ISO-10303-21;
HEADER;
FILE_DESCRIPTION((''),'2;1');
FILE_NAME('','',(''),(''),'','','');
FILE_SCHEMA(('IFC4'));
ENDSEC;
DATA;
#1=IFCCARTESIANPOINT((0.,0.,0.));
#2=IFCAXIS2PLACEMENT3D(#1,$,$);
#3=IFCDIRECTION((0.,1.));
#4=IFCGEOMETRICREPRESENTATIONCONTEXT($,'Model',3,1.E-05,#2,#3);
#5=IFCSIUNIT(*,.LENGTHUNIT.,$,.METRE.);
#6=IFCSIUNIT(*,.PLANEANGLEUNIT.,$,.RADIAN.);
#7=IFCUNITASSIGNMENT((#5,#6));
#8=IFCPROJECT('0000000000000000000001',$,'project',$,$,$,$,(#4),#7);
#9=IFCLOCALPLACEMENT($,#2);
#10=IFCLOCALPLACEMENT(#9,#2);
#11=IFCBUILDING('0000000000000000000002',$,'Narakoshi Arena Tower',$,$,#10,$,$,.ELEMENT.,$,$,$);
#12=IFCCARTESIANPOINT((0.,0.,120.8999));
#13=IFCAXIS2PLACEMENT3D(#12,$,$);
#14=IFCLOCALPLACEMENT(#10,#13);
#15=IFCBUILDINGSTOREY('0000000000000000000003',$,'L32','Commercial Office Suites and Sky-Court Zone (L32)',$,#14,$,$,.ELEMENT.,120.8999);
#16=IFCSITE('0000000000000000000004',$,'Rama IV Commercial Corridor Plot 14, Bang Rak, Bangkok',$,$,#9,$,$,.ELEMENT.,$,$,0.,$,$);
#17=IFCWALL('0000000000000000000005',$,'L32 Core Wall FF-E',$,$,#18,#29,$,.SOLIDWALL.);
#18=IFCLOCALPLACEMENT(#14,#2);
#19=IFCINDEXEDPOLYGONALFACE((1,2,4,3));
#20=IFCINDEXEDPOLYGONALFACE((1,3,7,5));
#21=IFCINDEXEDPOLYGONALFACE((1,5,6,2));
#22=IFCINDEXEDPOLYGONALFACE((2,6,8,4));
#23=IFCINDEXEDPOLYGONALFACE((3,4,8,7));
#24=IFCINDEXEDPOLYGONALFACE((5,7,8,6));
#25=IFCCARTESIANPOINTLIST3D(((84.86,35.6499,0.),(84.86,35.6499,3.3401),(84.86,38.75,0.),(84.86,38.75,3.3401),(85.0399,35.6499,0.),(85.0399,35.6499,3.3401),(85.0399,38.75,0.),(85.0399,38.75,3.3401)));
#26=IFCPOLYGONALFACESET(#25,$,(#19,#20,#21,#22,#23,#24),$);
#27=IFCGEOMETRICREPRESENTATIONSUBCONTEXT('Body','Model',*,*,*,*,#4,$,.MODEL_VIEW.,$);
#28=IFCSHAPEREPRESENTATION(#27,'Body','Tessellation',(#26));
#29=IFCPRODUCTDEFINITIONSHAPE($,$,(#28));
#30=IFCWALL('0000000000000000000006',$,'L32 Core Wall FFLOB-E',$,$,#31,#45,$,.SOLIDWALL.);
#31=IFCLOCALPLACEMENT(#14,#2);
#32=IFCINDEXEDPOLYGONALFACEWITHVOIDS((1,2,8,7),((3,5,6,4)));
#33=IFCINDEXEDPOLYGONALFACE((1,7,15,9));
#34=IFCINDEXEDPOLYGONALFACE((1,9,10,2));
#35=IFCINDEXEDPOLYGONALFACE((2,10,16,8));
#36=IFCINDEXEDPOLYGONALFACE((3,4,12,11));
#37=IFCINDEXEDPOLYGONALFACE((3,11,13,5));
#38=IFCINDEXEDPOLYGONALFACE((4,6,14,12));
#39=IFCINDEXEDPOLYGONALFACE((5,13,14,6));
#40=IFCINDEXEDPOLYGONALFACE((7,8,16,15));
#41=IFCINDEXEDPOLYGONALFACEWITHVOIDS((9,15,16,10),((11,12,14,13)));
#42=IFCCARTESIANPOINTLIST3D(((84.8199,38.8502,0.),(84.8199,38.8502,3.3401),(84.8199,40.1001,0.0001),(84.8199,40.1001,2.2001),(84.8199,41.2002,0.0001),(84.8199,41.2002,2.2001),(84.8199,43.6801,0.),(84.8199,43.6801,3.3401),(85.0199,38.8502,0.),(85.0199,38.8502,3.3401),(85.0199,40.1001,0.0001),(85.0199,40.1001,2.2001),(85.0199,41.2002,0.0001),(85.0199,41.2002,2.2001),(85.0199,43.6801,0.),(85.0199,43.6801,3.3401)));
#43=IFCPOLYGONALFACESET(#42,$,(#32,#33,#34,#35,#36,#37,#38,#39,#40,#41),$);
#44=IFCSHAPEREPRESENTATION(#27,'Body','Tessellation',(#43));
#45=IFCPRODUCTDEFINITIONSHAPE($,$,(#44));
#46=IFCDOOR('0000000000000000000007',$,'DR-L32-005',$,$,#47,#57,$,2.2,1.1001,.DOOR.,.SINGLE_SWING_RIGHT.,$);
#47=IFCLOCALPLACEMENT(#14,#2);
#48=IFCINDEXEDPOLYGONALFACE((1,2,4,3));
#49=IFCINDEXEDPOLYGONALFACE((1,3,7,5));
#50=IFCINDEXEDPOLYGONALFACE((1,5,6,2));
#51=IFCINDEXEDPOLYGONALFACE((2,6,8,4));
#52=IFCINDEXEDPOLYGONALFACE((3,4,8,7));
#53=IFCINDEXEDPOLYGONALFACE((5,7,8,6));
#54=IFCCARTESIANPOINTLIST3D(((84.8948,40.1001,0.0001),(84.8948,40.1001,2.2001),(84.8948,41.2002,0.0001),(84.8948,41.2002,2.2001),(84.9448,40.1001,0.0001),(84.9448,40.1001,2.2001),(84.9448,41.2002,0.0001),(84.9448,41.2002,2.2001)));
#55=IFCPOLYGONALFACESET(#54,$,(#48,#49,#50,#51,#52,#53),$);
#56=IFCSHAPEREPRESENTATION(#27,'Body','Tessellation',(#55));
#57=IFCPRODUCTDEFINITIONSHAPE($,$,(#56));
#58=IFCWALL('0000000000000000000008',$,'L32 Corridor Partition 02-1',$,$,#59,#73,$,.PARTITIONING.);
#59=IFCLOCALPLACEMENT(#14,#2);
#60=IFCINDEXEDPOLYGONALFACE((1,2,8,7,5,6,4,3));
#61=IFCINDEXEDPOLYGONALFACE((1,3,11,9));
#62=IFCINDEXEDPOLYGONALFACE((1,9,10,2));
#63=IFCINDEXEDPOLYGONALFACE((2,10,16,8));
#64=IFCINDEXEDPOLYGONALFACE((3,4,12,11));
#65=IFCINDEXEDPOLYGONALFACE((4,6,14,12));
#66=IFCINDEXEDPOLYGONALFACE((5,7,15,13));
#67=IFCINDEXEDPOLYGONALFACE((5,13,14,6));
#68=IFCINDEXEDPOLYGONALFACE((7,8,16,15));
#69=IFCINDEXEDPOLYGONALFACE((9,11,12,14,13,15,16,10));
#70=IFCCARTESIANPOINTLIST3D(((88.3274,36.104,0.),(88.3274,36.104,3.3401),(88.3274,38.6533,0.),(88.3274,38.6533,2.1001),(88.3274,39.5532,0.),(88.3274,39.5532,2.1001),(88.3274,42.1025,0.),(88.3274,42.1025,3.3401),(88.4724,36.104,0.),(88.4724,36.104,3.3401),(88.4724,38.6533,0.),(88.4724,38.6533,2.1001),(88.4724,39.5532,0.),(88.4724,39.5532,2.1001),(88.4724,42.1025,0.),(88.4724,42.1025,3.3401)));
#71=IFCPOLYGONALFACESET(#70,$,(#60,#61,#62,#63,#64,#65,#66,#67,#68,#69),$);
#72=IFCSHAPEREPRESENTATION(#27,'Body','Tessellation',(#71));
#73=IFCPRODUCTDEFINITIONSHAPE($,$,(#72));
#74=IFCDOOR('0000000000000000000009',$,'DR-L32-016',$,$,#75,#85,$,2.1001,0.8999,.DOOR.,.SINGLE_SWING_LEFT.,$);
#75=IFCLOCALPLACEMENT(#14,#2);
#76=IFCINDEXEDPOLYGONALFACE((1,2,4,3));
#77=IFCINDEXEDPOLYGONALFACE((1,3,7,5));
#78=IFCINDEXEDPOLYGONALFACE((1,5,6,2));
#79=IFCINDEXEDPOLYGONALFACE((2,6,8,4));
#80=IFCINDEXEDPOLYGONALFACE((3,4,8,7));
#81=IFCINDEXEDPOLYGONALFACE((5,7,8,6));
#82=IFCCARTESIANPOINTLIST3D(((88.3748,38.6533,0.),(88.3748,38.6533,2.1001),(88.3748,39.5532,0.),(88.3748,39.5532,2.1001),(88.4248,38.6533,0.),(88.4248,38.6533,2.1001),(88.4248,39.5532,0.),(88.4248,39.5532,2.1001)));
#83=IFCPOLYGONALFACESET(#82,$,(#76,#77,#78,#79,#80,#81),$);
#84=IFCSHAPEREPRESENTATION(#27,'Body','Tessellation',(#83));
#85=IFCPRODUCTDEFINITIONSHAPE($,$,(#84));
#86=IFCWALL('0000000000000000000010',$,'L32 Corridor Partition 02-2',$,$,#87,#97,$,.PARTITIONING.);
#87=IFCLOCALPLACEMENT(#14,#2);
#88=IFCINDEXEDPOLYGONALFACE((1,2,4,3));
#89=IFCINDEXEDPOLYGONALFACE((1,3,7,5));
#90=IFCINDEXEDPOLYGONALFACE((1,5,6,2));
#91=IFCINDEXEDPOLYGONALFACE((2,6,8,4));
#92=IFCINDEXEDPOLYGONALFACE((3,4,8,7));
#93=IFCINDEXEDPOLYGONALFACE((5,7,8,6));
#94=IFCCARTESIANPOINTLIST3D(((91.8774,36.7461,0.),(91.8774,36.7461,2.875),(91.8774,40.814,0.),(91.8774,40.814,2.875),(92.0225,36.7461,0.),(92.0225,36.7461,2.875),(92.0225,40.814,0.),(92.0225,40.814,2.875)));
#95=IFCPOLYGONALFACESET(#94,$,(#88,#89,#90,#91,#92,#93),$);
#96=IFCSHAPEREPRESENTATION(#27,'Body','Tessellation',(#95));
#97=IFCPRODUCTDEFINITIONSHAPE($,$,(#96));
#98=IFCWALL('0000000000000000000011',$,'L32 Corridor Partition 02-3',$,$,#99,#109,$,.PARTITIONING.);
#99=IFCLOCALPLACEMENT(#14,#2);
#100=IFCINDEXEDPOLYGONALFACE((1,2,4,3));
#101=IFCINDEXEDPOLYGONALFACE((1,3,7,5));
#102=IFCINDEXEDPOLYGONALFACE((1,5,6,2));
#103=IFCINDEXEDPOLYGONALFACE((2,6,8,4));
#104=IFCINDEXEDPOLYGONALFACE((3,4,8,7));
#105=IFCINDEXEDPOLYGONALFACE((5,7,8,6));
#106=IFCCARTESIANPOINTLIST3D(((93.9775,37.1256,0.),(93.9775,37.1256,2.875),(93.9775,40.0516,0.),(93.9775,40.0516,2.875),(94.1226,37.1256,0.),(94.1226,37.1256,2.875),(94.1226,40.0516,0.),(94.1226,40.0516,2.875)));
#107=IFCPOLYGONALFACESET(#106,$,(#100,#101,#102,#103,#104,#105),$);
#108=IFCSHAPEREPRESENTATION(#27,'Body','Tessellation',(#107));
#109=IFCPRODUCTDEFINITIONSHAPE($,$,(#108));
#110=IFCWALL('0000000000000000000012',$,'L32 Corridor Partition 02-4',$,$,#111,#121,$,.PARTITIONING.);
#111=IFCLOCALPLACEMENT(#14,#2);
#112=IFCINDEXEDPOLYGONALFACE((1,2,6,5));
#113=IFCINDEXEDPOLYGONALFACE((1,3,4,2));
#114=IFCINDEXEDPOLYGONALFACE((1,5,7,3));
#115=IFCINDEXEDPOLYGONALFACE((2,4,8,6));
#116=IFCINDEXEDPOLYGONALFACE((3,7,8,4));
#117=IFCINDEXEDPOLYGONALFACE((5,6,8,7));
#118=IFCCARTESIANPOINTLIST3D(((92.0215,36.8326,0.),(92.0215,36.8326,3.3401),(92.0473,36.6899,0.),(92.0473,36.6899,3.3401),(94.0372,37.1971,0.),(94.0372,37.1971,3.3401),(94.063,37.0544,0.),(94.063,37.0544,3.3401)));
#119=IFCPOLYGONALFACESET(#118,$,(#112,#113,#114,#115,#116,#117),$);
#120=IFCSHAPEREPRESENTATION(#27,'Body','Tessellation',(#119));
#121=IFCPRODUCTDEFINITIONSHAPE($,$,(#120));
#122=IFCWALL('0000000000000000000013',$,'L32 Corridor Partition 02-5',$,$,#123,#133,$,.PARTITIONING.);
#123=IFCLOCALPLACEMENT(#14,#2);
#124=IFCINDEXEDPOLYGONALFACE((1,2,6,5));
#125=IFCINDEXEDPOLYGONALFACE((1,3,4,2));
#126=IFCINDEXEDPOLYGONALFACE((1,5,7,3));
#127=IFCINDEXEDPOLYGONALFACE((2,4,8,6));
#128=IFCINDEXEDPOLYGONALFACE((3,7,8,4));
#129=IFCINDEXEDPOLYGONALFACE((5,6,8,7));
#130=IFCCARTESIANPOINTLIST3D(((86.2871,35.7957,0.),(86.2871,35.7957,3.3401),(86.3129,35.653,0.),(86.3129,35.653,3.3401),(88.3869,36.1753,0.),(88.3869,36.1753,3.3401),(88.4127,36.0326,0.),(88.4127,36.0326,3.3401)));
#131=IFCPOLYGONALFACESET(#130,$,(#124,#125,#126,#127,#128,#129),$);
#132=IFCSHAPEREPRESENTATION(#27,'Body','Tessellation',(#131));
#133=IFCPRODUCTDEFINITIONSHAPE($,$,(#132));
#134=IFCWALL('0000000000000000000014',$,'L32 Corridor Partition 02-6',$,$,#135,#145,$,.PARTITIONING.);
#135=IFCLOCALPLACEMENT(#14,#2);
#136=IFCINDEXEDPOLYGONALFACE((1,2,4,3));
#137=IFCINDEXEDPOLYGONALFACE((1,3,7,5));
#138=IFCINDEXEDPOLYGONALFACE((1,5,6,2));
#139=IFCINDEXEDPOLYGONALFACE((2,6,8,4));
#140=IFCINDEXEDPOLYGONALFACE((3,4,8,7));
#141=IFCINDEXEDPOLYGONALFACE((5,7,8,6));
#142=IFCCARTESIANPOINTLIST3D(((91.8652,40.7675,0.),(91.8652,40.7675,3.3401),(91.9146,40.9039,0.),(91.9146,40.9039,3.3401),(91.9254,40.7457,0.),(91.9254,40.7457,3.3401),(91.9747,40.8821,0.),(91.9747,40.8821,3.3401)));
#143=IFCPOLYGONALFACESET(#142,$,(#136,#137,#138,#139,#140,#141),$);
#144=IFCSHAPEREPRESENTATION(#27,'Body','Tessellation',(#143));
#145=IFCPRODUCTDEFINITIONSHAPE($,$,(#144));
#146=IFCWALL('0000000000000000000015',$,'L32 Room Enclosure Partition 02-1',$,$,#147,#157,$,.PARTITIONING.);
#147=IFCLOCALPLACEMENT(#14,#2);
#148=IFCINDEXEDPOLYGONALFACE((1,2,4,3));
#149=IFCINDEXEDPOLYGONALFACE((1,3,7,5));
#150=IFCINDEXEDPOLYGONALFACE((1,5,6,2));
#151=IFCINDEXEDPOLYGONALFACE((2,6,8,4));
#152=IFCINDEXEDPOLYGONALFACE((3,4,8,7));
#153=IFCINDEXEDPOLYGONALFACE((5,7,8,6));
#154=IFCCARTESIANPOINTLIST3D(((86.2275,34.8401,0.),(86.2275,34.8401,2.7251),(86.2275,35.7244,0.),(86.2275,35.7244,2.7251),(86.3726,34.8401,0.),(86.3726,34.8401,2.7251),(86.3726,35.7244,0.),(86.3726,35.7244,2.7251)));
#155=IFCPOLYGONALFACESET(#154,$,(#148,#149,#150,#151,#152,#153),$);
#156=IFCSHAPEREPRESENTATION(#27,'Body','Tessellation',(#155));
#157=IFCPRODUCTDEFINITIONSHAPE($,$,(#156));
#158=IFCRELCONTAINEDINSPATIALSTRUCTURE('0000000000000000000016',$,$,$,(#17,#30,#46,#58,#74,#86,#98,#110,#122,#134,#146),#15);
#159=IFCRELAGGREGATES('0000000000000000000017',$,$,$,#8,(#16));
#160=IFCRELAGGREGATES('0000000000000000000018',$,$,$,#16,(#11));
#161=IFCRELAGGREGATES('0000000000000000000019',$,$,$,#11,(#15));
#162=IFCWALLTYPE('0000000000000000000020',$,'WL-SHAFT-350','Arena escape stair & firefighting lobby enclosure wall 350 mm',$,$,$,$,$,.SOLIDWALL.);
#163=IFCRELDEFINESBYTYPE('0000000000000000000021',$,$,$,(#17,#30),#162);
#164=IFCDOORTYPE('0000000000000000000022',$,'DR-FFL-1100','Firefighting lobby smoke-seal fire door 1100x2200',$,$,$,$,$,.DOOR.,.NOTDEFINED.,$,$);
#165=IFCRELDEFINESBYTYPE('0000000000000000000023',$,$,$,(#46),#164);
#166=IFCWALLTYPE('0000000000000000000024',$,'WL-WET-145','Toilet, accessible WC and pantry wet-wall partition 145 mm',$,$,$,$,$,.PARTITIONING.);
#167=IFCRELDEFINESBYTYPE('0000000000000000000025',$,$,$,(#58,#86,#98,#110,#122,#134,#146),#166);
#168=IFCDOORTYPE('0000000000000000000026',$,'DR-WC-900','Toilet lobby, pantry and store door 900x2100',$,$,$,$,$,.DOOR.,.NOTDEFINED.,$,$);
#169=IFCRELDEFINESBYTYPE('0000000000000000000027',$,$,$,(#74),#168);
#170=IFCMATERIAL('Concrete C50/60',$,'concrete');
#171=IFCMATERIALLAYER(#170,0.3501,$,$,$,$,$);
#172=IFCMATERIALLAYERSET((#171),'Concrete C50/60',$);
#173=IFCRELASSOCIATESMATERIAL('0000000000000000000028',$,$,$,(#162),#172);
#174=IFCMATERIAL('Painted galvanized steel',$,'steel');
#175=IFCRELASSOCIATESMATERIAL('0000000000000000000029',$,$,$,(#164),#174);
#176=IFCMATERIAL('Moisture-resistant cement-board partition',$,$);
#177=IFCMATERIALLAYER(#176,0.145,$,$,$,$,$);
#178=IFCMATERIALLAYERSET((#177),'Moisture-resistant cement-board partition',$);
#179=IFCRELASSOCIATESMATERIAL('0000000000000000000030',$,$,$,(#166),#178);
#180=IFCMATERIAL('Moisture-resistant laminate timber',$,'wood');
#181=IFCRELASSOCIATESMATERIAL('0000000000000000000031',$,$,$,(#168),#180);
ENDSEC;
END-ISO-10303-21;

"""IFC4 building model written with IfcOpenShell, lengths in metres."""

from ifc_helpers import new_model, si_unit, direction, frame, frame_2d, origin, place, context, subcontext, project, spatial, rectangle, extrude, material, layer, layer_set, type_object, element, fill, save


model = new_model("IFC4")

# Units and contexts
model_context = context("Model", 3, precision=1e-05, world=origin(), true_north=direction((0.0, 1.0)))
body_context = subcontext(model_context, "Body", "Model", "MODEL_VIEW")
ifc_project = project(units=[si_unit("LENGTHUNIT", "METRE"), si_unit("PLANEANGLEUNIT", "RADIAN")], contexts=[model_context])

# Site, building, storey
site_placement = place(None, origin())
site = spatial("IfcSite", under=ifc_project, at=site_placement, Name="Rama IV Commercial Corridor Plot 14, Bang Rak, Bangkok", CompositionType="ELEMENT", RefElevation=0.0)
building_placement = place(site_placement, origin())
building = spatial("IfcBuilding", under=site, at=building_placement, Name="Narakoshi Arena Tower", CompositionType="ELEMENT")
storey_placement = place(building_placement, frame((0.0, 0.0, 120.8999)))
storey = spatial("IfcBuildingStorey", under=building, at=storey_placement, Name="L32", Description="Commercial Office Suites and Sky-Court Zone (L32)", CompositionType="ELEMENT", Elevation=120.8999)

# Wall
ifc_material_1 = material(Name="Concrete C50/60", Category="concrete")
ifc_layer_1 = layer(ifc_material_1, 0.3501)
ifc_layer_set_1 = layer_set([ifc_layer_1], Name="Concrete C50/60")
wall_type_1 = type_object("IfcWallType", Name="WL-SHAFT-350", Description="Arena escape stair & firefighting lobby enclosure wall 350 mm", PredefinedType="SOLIDWALL", material=ifc_layer_set_1)
wall_1_placement = place(storey_placement, frame((84.95, 35.6499, 0.0), z_axis=(0.0, 0.0, 1.0), x_axis=(0.0, 1.0, 0.0)))
element("IfcWall", 1, at=wall_1_placement, inside=storey, type_object=wall_type_1, Name="L32 Core Wall FF-E", PredefinedType="SOLIDWALL", context=body_context, shape_type="SweptSolid", body=[
    extrude(rectangle(XDim=3.1001, YDim=0.1799, at=frame_2d((1.55, 0.0))), origin(), (0.0, 0.0, 1.0), 3.3401),
])

# Walls, openings, doors
wall_2_placement = place(storey_placement, frame((84.9199, 38.8501, 0.0), z_axis=(0.0, 0.0, 1.0), x_axis=(0.0, 1.0, 0.0)))
wall_2 = element("IfcWall", 2, at=wall_2_placement, inside=storey, type_object=wall_type_1, Name="L32 Core Wall FFLOB-E", PredefinedType="SOLIDWALL", context=body_context, shape_type="SweptSolid", body=[
    extrude(rectangle(XDim=4.8298, YDim=0.2, at=frame_2d((2.415, 0.0))), origin(), (0.0, 0.0, 1.0), 3.3401),
])
opening_1_placement = place(wall_2_placement, frame((1.25, 0.0, 0.0)))
opening_1 = element("IfcOpeningElement", 3, at=opening_1_placement, cuts=wall_2, PredefinedType="OPENING", context=body_context, shape_type="SweptSolid", body=[
    extrude(rectangle(XDim=1.1001, YDim=2.2, at=frame_2d((0.55, 1.1001))), frame((0.0, 0.1099, 0.0), z_axis=(0.0, -1.0, 0.0), x_axis=(1.0, 0.0, 0.0)), (0.0, 0.0, 1.0), 0.22),
])
ifc_material_2 = material(Name="Painted galvanized steel", Category="steel")
door_type_1 = type_object("IfcDoorType", Name="DR-FFL-1100", Description="Firefighting lobby smoke-seal fire door 1100x2200", OperationType="NOTDEFINED", PredefinedType="DOOR", material=ifc_material_2)
door_1_placement = place(opening_1_placement, frame((1.1001, 0.0, 0.0), z_axis=(0.0, 0.0, 1.0), x_axis=(-1.0, 0.0, 0.0)))
door_1 = element("IfcDoor", 4, at=door_1_placement, inside=storey, type_object=door_type_1, Name="DR-L32-005", OperationType="SINGLE_SWING_RIGHT", OverallHeight=2.2, OverallWidth=1.1001, PredefinedType="DOOR", context=body_context, shape_type="SweptSolid", body=[
    extrude(rectangle(XDim=1.1001, YDim=2.2, at=frame_2d((0.55, 1.1001))), frame((0.0, 0.0249, 0.0), z_axis=(0.0, -1.0, 0.0), x_axis=(1.0, 0.0, 0.0)), (0.0, 0.0, 1.0), 0.05),
])
fill(opening_1, door_1)
ifc_material_3 = material(Name="Moisture-resistant cement-board partition")
ifc_layer_2 = layer(ifc_material_3, 0.145)
ifc_layer_set_2 = layer_set([ifc_layer_2], Name="Moisture-resistant cement-board partition")
wall_type_2 = type_object("IfcWallType", Name="WL-WET-145", Description="Toilet, accessible WC and pantry wet-wall partition 145 mm", PredefinedType="PARTITIONING", material=ifc_layer_set_2)
wall_3_placement = place(storey_placement, frame((88.3999, 36.104, 0.0), z_axis=(0.0, 0.0, 1.0), x_axis=(0.0, 1.0, 0.0)))
wall_3 = element("IfcWall", 5, at=wall_3_placement, inside=storey, type_object=wall_type_2, Name="L32 Corridor Partition 02-1", PredefinedType="PARTITIONING", context=body_context, shape_type="SweptSolid", body=[
    extrude(rectangle(XDim=5.9985, YDim=0.145, at=frame_2d((2.9993, 0.0))), origin(), (0.0, 0.0, 1.0), 3.3401),
])
opening_2_placement = place(wall_3_placement, frame((2.5493, 0.0, 0.0)))
opening_2 = element("IfcOpeningElement", 6, at=opening_2_placement, cuts=wall_3, PredefinedType="OPENING", context=body_context, shape_type="SweptSolid", body=[
    extrude(rectangle(XDim=0.8999, YDim=2.1001, at=frame_2d((0.45, 1.05))), frame((0.0, 0.0825, 0.0), z_axis=(0.0, -1.0, 0.0), x_axis=(1.0, 0.0, 0.0)), (0.0, 0.0, 1.0), 0.165),
])
ifc_material_4 = material(Name="Moisture-resistant laminate timber", Category="wood")
door_type_2 = type_object("IfcDoorType", Name="DR-WC-900", Description="Toilet lobby, pantry and store door 900x2100", OperationType="NOTDEFINED", PredefinedType="DOOR", material=ifc_material_4)
door_2_placement = place(opening_2_placement, frame((0.8999, 0.0, 0.0), z_axis=(0.0, 0.0, 1.0), x_axis=(-1.0, 0.0, 0.0)))
door_2 = element("IfcDoor", 7, at=door_2_placement, inside=storey, type_object=door_type_2, Name="DR-L32-016", OperationType="SINGLE_SWING_LEFT", OverallHeight=2.1001, OverallWidth=0.8999, PredefinedType="DOOR", context=body_context, shape_type="SweptSolid", body=[
    extrude(rectangle(XDim=0.8999, YDim=2.1001, at=frame_2d((0.45, 1.05))), frame((0.0, 0.0249, 0.0), z_axis=(0.0, -1.0, 0.0), x_axis=(1.0, 0.0, 0.0)), (0.0, 0.0, 1.0), 0.05),
])
fill(opening_2, door_2)

# Walls
wall_4_placement = place(storey_placement, frame((91.95, 40.814, 0.0), z_axis=(0.0, 0.0, 1.0), x_axis=(0.0, -1.0, 0.0)))
element("IfcWall", 8, at=wall_4_placement, inside=storey, type_object=wall_type_2, Name="L32 Corridor Partition 02-2", PredefinedType="PARTITIONING", context=body_context, shape_type="SweptSolid", body=[
    extrude(rectangle(XDim=4.0679, YDim=0.145, at=frame_2d((2.0339, 0.0))), origin(), (0.0, 0.0, 1.0), 2.875),
])
wall_5_placement = place(storey_placement, frame((94.05, 37.1257, 0.0), z_axis=(0.0, 0.0, 1.0), x_axis=(0.0, 1.0, 0.0)))
element("IfcWall", 9, at=wall_5_placement, inside=storey, type_object=wall_type_2, Name="L32 Corridor Partition 02-3", PredefinedType="PARTITIONING", context=body_context, shape_type="SweptSolid", body=[
    extrude(rectangle(XDim=2.926, YDim=0.145, at=frame_2d((1.4629, 0.0))), origin(), (0.0, 0.0, 1.0), 2.875),
])
wall_6_placement = place(storey_placement, frame((92.0344, 36.7612, 0.0), z_axis=(0.0, 0.0, 1.0), x_axis=(0.984039, 0.177952, 0.0)))
element("IfcWall", 10, at=wall_6_placement, inside=storey, type_object=wall_type_2, Name="L32 Corridor Partition 02-4", PredefinedType="PARTITIONING", context=body_context, shape_type="SweptSolid", body=[
    extrude(rectangle(XDim=2.0483, YDim=0.145, at=frame_2d((1.0242, 0.0))), origin(), (0.0, 0.0, 1.0), 3.3401),
])
wall_7_placement = place(storey_placement, frame((86.3, 35.7244, 0.0), z_axis=(0.0, 0.0, 1.0), x_axis=(0.984047, 0.177909, 0.0)))
element("IfcWall", 11, at=wall_7_placement, inside=storey, type_object=wall_type_2, Name="L32 Corridor Partition 02-5", PredefinedType="PARTITIONING", context=body_context, shape_type="SweptSolid", body=[
    extrude(rectangle(XDim=2.1338, YDim=0.145, at=frame_2d((1.0669, 0.0))), origin(), (0.0, 0.0, 1.0), 3.3401),
])
wall_8_placement = place(storey_placement, frame((91.8899, 40.8357, 0.0), z_axis=(0.0, 0.0, 1.0), x_axis=(0.94035, -0.340208, 0.0)))
element("IfcWall", 12, at=wall_8_placement, inside=storey, type_object=wall_type_2, Name="L32 Corridor Partition 02-6", PredefinedType="PARTITIONING", context=body_context, shape_type="SweptSolid", body=[
    extrude(rectangle(XDim=0.064, YDim=0.145, at=frame_2d((0.032, 0.0))), origin(), (0.0, 0.0, 1.0), 3.3401),
])
wall_9_placement = place(storey_placement, frame((86.3, 34.8401, 0.0), z_axis=(0.0, 0.0, 1.0), x_axis=(0.0, 1.0, 0.0)))
element("IfcWall", 13, at=wall_9_placement, inside=storey, type_object=wall_type_2, Name="L32 Room Enclosure Partition 02-1", PredefinedType="PARTITIONING", context=body_context, shape_type="SweptSolid", body=[
    extrude(rectangle(XDim=0.8843, YDim=0.145, at=frame_2d((0.4421, 0.0))), origin(), (0.0, 0.0, 1.0), 2.7251),
])

save(model, "model.ifc")
